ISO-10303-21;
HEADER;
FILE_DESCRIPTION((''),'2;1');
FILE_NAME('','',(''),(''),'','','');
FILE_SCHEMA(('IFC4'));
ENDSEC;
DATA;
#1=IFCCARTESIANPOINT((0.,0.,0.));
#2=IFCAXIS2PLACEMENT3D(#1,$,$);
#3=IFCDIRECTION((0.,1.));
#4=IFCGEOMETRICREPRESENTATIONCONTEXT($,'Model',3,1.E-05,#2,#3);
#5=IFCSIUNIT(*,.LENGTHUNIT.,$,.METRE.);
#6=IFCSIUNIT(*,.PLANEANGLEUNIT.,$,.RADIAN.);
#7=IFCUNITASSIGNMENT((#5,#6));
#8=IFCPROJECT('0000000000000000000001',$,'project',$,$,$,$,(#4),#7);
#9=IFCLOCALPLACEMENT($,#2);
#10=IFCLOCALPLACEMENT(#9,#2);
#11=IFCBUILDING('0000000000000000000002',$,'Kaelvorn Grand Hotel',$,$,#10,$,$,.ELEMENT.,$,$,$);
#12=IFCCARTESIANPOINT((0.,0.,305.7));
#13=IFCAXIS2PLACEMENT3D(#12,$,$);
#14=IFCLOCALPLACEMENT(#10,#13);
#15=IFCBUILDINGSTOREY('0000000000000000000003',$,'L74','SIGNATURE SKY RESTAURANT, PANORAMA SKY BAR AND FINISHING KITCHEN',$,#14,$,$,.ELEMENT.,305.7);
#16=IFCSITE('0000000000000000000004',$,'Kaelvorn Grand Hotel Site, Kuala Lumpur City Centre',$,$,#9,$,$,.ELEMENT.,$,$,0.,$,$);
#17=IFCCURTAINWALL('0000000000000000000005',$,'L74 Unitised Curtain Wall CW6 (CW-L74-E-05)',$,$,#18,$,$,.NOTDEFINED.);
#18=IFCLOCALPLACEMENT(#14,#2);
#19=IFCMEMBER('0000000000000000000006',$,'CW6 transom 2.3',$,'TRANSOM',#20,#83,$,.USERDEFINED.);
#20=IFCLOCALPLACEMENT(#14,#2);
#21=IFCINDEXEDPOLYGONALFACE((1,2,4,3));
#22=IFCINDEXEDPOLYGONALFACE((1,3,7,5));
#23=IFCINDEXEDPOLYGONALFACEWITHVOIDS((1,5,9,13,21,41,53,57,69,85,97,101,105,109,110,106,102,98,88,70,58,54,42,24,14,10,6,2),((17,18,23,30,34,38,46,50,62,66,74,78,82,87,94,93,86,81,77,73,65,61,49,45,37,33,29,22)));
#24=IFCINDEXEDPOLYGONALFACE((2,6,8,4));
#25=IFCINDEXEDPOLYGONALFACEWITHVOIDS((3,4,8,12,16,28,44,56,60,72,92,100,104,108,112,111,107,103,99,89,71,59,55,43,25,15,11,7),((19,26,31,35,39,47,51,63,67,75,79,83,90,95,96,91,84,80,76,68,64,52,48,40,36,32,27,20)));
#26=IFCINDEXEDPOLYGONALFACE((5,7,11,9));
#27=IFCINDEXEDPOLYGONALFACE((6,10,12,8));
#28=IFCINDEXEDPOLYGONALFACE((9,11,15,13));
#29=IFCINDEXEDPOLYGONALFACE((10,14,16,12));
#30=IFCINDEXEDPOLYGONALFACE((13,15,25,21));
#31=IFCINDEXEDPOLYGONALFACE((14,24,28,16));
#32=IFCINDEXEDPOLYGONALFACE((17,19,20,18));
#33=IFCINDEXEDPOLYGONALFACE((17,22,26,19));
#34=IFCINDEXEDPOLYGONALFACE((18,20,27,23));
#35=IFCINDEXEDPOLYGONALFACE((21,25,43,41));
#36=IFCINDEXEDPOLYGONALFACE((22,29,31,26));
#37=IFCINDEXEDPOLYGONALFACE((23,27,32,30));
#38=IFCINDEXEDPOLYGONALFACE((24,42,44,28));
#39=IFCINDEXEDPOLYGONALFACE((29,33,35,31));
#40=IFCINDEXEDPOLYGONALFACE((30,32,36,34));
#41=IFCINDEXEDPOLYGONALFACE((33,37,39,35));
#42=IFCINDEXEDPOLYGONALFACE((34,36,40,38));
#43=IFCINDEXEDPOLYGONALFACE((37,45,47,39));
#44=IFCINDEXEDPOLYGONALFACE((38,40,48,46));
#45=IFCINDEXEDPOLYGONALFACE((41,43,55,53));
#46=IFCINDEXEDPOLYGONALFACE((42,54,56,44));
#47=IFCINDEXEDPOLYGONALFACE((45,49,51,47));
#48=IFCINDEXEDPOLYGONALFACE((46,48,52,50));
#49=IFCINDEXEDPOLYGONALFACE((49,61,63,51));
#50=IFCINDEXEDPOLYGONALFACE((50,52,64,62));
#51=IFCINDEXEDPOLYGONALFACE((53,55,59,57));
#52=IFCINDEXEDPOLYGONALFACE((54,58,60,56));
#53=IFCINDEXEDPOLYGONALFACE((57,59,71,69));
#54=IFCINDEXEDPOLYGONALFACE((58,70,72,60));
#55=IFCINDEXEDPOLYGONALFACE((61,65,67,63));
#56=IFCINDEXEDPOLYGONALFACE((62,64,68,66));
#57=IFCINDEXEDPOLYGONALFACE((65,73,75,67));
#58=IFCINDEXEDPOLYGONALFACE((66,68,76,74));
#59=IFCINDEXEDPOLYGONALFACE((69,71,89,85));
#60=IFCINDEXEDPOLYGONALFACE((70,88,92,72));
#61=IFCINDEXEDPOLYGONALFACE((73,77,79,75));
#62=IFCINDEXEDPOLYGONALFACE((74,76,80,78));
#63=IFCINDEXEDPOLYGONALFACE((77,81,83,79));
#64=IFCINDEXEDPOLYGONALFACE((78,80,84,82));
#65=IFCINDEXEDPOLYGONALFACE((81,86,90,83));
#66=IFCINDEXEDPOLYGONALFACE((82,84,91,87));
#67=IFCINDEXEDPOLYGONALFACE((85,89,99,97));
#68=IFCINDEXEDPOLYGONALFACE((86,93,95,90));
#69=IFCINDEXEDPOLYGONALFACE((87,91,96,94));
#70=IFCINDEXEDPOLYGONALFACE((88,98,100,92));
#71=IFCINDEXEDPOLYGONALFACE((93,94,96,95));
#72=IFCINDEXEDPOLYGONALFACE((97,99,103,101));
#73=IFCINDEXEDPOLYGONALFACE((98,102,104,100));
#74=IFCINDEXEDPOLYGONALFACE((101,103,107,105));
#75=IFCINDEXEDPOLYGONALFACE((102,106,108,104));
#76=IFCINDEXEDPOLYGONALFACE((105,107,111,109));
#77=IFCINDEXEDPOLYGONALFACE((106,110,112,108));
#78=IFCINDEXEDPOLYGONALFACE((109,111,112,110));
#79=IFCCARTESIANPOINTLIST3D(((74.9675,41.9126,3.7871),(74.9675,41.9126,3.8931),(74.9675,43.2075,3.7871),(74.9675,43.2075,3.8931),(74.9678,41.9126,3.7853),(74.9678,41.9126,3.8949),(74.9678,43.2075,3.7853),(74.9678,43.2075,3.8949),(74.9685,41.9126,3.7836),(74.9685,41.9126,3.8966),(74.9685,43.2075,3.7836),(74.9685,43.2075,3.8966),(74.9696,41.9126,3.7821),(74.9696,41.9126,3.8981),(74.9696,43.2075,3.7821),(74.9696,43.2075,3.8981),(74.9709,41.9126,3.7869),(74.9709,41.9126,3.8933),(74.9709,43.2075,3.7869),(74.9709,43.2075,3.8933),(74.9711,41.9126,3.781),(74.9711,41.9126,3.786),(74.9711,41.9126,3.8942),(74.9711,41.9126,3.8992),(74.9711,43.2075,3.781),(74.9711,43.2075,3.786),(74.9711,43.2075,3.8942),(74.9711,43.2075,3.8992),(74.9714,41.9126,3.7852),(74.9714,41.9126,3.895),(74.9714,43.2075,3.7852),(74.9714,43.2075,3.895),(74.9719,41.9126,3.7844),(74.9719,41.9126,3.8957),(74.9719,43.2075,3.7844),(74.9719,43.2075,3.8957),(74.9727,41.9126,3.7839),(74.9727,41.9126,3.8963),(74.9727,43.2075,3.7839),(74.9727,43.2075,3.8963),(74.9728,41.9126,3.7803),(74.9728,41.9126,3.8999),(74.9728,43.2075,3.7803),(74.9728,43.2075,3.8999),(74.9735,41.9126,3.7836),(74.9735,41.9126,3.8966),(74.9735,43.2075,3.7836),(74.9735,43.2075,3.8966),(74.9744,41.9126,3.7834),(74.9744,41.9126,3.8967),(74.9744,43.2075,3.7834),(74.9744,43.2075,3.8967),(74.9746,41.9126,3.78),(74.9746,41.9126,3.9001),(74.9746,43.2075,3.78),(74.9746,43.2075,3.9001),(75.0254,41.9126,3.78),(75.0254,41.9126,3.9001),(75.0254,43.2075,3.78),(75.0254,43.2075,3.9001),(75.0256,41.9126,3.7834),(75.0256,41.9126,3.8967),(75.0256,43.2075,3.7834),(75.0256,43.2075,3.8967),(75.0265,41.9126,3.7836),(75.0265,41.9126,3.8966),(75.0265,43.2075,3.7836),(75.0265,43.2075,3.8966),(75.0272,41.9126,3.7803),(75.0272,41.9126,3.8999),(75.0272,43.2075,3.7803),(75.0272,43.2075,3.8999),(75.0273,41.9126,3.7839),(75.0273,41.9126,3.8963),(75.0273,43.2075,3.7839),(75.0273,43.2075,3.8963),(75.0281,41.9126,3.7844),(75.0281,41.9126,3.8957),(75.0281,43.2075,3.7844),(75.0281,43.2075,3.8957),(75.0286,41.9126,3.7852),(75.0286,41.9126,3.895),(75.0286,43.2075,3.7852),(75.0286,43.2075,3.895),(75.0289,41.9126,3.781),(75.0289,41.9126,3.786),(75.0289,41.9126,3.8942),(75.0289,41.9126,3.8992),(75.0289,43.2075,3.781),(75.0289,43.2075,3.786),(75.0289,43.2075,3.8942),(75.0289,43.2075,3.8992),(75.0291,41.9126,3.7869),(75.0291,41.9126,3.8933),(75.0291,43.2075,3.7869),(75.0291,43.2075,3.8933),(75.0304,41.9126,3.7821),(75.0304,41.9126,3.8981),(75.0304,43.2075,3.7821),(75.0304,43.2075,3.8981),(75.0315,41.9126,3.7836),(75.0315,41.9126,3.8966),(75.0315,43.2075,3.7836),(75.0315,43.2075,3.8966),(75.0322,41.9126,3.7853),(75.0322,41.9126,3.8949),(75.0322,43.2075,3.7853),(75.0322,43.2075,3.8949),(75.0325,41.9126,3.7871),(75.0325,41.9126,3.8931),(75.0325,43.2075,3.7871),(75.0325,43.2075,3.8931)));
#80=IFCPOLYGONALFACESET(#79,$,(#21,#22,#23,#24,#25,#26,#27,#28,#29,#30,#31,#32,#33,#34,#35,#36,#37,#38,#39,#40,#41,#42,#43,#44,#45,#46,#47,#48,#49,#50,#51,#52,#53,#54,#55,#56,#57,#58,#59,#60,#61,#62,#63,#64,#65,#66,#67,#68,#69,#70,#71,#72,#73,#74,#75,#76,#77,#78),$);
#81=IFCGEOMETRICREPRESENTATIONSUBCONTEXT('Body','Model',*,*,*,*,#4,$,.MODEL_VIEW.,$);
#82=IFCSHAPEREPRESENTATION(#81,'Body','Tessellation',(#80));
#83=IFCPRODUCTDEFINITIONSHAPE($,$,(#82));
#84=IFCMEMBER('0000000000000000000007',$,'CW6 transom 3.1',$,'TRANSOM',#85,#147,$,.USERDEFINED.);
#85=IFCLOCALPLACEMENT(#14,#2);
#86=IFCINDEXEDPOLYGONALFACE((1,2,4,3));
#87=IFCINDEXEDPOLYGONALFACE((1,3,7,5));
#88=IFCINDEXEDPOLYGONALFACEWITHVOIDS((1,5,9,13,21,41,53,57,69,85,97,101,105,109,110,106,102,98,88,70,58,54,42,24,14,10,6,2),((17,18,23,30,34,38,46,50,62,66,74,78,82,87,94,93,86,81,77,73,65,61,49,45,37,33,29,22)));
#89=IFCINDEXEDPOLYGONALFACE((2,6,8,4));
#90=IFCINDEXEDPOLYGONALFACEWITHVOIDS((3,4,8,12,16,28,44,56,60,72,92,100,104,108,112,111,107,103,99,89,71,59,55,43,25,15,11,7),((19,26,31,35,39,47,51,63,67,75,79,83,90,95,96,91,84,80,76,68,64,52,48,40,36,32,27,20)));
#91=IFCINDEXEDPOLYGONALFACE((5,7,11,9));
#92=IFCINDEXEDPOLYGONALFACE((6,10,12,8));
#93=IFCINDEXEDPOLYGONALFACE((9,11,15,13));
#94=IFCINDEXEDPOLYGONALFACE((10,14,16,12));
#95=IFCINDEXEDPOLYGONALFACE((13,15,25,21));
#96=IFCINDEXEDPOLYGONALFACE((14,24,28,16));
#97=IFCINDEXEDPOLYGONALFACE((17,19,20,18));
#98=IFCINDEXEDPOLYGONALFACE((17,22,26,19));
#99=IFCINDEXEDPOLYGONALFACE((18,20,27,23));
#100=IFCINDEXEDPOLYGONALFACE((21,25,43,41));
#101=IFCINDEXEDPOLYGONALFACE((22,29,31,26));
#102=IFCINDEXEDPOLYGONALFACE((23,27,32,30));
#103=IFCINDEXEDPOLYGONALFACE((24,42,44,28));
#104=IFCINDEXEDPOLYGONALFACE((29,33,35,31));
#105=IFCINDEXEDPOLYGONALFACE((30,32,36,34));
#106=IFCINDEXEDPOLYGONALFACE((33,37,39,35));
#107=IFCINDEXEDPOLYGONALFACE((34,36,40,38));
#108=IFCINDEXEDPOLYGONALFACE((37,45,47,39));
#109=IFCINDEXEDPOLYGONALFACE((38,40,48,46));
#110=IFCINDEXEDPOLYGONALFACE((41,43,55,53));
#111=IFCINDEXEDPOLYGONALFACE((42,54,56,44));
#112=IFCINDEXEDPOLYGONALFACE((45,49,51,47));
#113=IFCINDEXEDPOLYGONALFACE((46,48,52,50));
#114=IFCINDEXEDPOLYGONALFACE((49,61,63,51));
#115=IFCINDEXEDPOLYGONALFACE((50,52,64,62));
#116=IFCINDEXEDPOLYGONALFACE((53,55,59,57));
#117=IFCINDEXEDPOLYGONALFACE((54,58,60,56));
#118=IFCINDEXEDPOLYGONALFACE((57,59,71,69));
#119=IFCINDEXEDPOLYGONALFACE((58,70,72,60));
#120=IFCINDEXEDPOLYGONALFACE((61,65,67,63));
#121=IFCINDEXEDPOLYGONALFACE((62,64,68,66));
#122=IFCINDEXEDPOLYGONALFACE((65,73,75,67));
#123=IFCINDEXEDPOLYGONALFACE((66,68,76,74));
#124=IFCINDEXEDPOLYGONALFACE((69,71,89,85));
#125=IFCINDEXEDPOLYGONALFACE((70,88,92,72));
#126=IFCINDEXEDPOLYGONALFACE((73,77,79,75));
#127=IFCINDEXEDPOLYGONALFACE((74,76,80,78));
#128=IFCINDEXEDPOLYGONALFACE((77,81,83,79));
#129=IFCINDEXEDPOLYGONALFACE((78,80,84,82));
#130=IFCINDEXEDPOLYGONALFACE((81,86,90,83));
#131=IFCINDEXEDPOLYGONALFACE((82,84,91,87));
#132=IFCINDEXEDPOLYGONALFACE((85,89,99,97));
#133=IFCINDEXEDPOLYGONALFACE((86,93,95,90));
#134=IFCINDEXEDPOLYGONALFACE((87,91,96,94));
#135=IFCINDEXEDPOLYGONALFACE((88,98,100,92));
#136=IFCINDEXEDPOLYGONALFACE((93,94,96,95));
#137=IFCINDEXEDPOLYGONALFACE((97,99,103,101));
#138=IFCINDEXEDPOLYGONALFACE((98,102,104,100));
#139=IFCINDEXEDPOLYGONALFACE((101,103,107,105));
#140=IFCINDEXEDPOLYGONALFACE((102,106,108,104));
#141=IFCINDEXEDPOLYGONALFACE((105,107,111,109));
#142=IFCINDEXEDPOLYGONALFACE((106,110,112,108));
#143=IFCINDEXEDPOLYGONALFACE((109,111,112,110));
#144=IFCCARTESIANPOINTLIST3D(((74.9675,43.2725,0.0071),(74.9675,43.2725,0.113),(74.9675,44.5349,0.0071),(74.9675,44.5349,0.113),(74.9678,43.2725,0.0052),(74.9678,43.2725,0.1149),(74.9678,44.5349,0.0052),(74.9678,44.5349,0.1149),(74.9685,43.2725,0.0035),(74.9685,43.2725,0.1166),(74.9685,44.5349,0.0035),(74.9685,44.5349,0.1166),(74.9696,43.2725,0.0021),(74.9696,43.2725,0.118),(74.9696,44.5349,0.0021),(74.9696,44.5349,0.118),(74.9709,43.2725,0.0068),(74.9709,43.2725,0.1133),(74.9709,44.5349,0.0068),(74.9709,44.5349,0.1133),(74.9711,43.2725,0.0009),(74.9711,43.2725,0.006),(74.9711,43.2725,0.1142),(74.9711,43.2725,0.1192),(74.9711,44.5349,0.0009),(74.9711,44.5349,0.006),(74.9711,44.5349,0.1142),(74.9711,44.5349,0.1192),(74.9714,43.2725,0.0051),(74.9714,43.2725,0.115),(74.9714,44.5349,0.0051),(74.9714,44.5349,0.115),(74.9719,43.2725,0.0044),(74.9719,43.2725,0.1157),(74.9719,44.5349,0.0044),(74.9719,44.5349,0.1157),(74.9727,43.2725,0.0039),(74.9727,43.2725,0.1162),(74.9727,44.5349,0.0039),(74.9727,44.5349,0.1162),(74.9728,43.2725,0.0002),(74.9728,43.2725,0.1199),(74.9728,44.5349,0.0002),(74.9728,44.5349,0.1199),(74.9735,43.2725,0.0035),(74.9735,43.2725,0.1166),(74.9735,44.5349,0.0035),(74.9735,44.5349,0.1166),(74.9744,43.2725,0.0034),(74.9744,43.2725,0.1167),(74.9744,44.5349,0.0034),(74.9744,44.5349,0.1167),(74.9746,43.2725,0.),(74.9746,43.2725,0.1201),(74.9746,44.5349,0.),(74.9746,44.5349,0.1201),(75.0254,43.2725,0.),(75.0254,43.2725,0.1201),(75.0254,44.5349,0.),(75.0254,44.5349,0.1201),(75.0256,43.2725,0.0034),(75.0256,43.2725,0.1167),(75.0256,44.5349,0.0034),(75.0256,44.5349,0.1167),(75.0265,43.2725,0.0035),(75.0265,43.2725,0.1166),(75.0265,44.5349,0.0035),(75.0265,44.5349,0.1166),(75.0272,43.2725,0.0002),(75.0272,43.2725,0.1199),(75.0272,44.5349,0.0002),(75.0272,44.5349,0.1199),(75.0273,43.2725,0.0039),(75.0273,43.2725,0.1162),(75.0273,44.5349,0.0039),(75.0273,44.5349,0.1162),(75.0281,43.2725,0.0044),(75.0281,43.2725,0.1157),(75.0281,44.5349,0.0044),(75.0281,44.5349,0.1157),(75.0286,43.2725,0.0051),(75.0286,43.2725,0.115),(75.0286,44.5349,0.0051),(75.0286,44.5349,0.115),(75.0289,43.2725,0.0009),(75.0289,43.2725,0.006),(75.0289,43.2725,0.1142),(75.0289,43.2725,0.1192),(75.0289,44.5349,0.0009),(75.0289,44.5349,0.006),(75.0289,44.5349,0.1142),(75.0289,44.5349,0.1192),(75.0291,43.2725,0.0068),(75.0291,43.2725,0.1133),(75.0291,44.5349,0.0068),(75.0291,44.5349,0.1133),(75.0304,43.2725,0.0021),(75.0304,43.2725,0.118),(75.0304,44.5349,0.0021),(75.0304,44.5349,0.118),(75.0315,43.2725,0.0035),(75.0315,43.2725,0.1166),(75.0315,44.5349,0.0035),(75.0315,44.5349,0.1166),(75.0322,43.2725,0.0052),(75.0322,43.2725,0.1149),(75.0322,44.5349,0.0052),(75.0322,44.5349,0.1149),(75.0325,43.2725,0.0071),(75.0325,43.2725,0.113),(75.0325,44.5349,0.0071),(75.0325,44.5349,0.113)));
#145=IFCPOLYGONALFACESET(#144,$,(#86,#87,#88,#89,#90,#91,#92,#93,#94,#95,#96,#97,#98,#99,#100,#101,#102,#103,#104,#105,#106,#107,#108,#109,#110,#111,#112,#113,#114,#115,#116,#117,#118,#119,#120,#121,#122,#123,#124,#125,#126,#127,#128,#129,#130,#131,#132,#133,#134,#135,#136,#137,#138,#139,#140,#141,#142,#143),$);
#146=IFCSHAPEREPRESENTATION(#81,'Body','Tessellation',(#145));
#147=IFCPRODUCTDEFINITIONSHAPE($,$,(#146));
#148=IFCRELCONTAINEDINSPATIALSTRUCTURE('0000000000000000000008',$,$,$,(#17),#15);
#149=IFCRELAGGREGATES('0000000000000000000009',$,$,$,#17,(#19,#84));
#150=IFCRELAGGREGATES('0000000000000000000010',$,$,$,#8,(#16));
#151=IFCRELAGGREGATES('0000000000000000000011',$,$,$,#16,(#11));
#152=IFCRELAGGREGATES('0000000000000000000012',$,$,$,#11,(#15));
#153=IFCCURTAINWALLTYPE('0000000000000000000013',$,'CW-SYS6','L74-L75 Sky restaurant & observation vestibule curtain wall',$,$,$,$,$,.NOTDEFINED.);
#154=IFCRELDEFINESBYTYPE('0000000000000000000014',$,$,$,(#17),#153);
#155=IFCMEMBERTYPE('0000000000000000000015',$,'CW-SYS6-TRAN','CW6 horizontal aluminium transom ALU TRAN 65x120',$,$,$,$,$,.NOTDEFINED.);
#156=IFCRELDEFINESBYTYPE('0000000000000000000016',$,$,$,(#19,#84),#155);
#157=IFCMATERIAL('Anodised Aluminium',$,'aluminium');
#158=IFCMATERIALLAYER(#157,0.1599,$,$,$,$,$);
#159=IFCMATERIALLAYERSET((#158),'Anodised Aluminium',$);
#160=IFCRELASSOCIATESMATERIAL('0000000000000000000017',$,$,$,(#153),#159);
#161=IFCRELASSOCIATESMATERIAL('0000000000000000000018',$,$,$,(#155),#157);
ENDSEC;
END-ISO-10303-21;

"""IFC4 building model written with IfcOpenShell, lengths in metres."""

from ifc_helpers import new_model, si_unit, direction, frame, origin, origin_2d, place, context, subcontext, project, spatial, hollow_rectangle, extrude, material, layer, layer_set, material_profile, profile_set, type_object, element, aggregate, save


model = new_model("IFC4")

# Units and contexts
model_context = context("Model", 3, precision=1e-05, world=origin(), true_north=direction((0.0, 1.0)))
body_context = subcontext(model_context, "Body", "Model", "MODEL_VIEW")
ifc_project = project(units=[si_unit("LENGTHUNIT", "METRE"), si_unit("PLANEANGLEUNIT", "RADIAN")], contexts=[model_context])

# Site, building, storey
site_placement = place(None, origin())
site = spatial("IfcSite", under=ifc_project, at=site_placement, Name="Kaelvorn Grand Hotel Site, Kuala Lumpur City Centre", CompositionType="ELEMENT", RefElevation=0.0)
building_placement = place(site_placement, origin())
building = spatial("IfcBuilding", under=site, at=building_placement, Name="Kaelvorn Grand Hotel", CompositionType="ELEMENT")
storey_placement = place(building_placement, frame((0.0, 0.0, 305.7)))
storey = spatial("IfcBuildingStorey", under=building, at=storey_placement, Name="L74", Description="SIGNATURE SKY RESTAURANT, PANORAMA SKY BAR AND FINISHING KITCHEN", CompositionType="ELEMENT", Elevation=305.7)

# Curtain wall, members
ifc_material_1 = material(Name="Anodised Aluminium", Category="aluminium")
ifc_layer_1 = layer(ifc_material_1, 0.1599)
ifc_layer_set_1 = layer_set([ifc_layer_1], Name="Anodised Aluminium")
curtain_wall_type = type_object("IfcCurtainWallType", Name="CW-SYS6", Description="L74-L75 Sky restaurant & observation vestibule curtain wall", PredefinedType="NOTDEFINED", material=ifc_layer_set_1)
curtain_wall_placement = place(storey_placement, origin())
curtain_wall = element("IfcCurtainWall", 1, at=curtain_wall_placement, inside=storey, type_object=curtain_wall_type, Name="L74 Unitised Curtain Wall CW6 (CW-L74-E-05)", PredefinedType="NOTDEFINED")
ifc_material_profile_1 = material_profile(ifc_material_1, hollow_rectangle(XDim=0.0649, YDim=0.1201, WallThickness=0.0034, InnerFilletRadius=0.0034, OuterFilletRadius=0.0071, at=origin_2d()), Name="ALU TRAN 65x120")
ifc_profile_set_1 = profile_set([ifc_material_profile_1], Name="Anodised Aluminium")
member_type_1 = type_object("IfcMemberType", Name="CW-SYS6-TRAN", Description="CW6 horizontal aluminium transom ALU TRAN 65x120", PredefinedType="NOTDEFINED", material=ifc_profile_set_1)
member_1_placement = place(storey_placement, frame((75.0, 41.9126, 3.8401), z_axis=(0.0, 1.0, 0.0), x_axis=(-1.0, 0.0, 0.0)))
member_1 = element("IfcMember", 2, at=member_1_placement, type_object=member_type_1, Name="CW6 transom 2.3", ObjectType="TRANSOM", PredefinedType="USERDEFINED", context=body_context, shape_type="SweptSolid", body=[
    extrude(hollow_rectangle(XDim=0.0649, YDim=0.1201, WallThickness=0.0034, InnerFilletRadius=0.0034, OuterFilletRadius=0.0071, at=origin_2d()), origin(), (0.0, 0.0, 1.0), 1.2949),
])
member_2_placement = place(storey_placement, frame((75.0, 43.2725, 0.0601), z_axis=(0.0, 1.0, 0.0), x_axis=(-1.0, 0.0, 0.0)))
member_2 = element("IfcMember", 3, at=member_2_placement, type_object=member_type_1, Name="CW6 transom 3.1", ObjectType="TRANSOM", PredefinedType="USERDEFINED", context=body_context, shape_type="SweptSolid", body=[
    extrude(hollow_rectangle(XDim=0.0649, YDim=0.1201, WallThickness=0.0034, InnerFilletRadius=0.0034, OuterFilletRadius=0.0071, at=origin_2d()), origin(), (0.0, 0.0, 1.0), 1.2625),
])
aggregate(curtain_wall, [member_1, member_2])

save(model, "model.ifc")
